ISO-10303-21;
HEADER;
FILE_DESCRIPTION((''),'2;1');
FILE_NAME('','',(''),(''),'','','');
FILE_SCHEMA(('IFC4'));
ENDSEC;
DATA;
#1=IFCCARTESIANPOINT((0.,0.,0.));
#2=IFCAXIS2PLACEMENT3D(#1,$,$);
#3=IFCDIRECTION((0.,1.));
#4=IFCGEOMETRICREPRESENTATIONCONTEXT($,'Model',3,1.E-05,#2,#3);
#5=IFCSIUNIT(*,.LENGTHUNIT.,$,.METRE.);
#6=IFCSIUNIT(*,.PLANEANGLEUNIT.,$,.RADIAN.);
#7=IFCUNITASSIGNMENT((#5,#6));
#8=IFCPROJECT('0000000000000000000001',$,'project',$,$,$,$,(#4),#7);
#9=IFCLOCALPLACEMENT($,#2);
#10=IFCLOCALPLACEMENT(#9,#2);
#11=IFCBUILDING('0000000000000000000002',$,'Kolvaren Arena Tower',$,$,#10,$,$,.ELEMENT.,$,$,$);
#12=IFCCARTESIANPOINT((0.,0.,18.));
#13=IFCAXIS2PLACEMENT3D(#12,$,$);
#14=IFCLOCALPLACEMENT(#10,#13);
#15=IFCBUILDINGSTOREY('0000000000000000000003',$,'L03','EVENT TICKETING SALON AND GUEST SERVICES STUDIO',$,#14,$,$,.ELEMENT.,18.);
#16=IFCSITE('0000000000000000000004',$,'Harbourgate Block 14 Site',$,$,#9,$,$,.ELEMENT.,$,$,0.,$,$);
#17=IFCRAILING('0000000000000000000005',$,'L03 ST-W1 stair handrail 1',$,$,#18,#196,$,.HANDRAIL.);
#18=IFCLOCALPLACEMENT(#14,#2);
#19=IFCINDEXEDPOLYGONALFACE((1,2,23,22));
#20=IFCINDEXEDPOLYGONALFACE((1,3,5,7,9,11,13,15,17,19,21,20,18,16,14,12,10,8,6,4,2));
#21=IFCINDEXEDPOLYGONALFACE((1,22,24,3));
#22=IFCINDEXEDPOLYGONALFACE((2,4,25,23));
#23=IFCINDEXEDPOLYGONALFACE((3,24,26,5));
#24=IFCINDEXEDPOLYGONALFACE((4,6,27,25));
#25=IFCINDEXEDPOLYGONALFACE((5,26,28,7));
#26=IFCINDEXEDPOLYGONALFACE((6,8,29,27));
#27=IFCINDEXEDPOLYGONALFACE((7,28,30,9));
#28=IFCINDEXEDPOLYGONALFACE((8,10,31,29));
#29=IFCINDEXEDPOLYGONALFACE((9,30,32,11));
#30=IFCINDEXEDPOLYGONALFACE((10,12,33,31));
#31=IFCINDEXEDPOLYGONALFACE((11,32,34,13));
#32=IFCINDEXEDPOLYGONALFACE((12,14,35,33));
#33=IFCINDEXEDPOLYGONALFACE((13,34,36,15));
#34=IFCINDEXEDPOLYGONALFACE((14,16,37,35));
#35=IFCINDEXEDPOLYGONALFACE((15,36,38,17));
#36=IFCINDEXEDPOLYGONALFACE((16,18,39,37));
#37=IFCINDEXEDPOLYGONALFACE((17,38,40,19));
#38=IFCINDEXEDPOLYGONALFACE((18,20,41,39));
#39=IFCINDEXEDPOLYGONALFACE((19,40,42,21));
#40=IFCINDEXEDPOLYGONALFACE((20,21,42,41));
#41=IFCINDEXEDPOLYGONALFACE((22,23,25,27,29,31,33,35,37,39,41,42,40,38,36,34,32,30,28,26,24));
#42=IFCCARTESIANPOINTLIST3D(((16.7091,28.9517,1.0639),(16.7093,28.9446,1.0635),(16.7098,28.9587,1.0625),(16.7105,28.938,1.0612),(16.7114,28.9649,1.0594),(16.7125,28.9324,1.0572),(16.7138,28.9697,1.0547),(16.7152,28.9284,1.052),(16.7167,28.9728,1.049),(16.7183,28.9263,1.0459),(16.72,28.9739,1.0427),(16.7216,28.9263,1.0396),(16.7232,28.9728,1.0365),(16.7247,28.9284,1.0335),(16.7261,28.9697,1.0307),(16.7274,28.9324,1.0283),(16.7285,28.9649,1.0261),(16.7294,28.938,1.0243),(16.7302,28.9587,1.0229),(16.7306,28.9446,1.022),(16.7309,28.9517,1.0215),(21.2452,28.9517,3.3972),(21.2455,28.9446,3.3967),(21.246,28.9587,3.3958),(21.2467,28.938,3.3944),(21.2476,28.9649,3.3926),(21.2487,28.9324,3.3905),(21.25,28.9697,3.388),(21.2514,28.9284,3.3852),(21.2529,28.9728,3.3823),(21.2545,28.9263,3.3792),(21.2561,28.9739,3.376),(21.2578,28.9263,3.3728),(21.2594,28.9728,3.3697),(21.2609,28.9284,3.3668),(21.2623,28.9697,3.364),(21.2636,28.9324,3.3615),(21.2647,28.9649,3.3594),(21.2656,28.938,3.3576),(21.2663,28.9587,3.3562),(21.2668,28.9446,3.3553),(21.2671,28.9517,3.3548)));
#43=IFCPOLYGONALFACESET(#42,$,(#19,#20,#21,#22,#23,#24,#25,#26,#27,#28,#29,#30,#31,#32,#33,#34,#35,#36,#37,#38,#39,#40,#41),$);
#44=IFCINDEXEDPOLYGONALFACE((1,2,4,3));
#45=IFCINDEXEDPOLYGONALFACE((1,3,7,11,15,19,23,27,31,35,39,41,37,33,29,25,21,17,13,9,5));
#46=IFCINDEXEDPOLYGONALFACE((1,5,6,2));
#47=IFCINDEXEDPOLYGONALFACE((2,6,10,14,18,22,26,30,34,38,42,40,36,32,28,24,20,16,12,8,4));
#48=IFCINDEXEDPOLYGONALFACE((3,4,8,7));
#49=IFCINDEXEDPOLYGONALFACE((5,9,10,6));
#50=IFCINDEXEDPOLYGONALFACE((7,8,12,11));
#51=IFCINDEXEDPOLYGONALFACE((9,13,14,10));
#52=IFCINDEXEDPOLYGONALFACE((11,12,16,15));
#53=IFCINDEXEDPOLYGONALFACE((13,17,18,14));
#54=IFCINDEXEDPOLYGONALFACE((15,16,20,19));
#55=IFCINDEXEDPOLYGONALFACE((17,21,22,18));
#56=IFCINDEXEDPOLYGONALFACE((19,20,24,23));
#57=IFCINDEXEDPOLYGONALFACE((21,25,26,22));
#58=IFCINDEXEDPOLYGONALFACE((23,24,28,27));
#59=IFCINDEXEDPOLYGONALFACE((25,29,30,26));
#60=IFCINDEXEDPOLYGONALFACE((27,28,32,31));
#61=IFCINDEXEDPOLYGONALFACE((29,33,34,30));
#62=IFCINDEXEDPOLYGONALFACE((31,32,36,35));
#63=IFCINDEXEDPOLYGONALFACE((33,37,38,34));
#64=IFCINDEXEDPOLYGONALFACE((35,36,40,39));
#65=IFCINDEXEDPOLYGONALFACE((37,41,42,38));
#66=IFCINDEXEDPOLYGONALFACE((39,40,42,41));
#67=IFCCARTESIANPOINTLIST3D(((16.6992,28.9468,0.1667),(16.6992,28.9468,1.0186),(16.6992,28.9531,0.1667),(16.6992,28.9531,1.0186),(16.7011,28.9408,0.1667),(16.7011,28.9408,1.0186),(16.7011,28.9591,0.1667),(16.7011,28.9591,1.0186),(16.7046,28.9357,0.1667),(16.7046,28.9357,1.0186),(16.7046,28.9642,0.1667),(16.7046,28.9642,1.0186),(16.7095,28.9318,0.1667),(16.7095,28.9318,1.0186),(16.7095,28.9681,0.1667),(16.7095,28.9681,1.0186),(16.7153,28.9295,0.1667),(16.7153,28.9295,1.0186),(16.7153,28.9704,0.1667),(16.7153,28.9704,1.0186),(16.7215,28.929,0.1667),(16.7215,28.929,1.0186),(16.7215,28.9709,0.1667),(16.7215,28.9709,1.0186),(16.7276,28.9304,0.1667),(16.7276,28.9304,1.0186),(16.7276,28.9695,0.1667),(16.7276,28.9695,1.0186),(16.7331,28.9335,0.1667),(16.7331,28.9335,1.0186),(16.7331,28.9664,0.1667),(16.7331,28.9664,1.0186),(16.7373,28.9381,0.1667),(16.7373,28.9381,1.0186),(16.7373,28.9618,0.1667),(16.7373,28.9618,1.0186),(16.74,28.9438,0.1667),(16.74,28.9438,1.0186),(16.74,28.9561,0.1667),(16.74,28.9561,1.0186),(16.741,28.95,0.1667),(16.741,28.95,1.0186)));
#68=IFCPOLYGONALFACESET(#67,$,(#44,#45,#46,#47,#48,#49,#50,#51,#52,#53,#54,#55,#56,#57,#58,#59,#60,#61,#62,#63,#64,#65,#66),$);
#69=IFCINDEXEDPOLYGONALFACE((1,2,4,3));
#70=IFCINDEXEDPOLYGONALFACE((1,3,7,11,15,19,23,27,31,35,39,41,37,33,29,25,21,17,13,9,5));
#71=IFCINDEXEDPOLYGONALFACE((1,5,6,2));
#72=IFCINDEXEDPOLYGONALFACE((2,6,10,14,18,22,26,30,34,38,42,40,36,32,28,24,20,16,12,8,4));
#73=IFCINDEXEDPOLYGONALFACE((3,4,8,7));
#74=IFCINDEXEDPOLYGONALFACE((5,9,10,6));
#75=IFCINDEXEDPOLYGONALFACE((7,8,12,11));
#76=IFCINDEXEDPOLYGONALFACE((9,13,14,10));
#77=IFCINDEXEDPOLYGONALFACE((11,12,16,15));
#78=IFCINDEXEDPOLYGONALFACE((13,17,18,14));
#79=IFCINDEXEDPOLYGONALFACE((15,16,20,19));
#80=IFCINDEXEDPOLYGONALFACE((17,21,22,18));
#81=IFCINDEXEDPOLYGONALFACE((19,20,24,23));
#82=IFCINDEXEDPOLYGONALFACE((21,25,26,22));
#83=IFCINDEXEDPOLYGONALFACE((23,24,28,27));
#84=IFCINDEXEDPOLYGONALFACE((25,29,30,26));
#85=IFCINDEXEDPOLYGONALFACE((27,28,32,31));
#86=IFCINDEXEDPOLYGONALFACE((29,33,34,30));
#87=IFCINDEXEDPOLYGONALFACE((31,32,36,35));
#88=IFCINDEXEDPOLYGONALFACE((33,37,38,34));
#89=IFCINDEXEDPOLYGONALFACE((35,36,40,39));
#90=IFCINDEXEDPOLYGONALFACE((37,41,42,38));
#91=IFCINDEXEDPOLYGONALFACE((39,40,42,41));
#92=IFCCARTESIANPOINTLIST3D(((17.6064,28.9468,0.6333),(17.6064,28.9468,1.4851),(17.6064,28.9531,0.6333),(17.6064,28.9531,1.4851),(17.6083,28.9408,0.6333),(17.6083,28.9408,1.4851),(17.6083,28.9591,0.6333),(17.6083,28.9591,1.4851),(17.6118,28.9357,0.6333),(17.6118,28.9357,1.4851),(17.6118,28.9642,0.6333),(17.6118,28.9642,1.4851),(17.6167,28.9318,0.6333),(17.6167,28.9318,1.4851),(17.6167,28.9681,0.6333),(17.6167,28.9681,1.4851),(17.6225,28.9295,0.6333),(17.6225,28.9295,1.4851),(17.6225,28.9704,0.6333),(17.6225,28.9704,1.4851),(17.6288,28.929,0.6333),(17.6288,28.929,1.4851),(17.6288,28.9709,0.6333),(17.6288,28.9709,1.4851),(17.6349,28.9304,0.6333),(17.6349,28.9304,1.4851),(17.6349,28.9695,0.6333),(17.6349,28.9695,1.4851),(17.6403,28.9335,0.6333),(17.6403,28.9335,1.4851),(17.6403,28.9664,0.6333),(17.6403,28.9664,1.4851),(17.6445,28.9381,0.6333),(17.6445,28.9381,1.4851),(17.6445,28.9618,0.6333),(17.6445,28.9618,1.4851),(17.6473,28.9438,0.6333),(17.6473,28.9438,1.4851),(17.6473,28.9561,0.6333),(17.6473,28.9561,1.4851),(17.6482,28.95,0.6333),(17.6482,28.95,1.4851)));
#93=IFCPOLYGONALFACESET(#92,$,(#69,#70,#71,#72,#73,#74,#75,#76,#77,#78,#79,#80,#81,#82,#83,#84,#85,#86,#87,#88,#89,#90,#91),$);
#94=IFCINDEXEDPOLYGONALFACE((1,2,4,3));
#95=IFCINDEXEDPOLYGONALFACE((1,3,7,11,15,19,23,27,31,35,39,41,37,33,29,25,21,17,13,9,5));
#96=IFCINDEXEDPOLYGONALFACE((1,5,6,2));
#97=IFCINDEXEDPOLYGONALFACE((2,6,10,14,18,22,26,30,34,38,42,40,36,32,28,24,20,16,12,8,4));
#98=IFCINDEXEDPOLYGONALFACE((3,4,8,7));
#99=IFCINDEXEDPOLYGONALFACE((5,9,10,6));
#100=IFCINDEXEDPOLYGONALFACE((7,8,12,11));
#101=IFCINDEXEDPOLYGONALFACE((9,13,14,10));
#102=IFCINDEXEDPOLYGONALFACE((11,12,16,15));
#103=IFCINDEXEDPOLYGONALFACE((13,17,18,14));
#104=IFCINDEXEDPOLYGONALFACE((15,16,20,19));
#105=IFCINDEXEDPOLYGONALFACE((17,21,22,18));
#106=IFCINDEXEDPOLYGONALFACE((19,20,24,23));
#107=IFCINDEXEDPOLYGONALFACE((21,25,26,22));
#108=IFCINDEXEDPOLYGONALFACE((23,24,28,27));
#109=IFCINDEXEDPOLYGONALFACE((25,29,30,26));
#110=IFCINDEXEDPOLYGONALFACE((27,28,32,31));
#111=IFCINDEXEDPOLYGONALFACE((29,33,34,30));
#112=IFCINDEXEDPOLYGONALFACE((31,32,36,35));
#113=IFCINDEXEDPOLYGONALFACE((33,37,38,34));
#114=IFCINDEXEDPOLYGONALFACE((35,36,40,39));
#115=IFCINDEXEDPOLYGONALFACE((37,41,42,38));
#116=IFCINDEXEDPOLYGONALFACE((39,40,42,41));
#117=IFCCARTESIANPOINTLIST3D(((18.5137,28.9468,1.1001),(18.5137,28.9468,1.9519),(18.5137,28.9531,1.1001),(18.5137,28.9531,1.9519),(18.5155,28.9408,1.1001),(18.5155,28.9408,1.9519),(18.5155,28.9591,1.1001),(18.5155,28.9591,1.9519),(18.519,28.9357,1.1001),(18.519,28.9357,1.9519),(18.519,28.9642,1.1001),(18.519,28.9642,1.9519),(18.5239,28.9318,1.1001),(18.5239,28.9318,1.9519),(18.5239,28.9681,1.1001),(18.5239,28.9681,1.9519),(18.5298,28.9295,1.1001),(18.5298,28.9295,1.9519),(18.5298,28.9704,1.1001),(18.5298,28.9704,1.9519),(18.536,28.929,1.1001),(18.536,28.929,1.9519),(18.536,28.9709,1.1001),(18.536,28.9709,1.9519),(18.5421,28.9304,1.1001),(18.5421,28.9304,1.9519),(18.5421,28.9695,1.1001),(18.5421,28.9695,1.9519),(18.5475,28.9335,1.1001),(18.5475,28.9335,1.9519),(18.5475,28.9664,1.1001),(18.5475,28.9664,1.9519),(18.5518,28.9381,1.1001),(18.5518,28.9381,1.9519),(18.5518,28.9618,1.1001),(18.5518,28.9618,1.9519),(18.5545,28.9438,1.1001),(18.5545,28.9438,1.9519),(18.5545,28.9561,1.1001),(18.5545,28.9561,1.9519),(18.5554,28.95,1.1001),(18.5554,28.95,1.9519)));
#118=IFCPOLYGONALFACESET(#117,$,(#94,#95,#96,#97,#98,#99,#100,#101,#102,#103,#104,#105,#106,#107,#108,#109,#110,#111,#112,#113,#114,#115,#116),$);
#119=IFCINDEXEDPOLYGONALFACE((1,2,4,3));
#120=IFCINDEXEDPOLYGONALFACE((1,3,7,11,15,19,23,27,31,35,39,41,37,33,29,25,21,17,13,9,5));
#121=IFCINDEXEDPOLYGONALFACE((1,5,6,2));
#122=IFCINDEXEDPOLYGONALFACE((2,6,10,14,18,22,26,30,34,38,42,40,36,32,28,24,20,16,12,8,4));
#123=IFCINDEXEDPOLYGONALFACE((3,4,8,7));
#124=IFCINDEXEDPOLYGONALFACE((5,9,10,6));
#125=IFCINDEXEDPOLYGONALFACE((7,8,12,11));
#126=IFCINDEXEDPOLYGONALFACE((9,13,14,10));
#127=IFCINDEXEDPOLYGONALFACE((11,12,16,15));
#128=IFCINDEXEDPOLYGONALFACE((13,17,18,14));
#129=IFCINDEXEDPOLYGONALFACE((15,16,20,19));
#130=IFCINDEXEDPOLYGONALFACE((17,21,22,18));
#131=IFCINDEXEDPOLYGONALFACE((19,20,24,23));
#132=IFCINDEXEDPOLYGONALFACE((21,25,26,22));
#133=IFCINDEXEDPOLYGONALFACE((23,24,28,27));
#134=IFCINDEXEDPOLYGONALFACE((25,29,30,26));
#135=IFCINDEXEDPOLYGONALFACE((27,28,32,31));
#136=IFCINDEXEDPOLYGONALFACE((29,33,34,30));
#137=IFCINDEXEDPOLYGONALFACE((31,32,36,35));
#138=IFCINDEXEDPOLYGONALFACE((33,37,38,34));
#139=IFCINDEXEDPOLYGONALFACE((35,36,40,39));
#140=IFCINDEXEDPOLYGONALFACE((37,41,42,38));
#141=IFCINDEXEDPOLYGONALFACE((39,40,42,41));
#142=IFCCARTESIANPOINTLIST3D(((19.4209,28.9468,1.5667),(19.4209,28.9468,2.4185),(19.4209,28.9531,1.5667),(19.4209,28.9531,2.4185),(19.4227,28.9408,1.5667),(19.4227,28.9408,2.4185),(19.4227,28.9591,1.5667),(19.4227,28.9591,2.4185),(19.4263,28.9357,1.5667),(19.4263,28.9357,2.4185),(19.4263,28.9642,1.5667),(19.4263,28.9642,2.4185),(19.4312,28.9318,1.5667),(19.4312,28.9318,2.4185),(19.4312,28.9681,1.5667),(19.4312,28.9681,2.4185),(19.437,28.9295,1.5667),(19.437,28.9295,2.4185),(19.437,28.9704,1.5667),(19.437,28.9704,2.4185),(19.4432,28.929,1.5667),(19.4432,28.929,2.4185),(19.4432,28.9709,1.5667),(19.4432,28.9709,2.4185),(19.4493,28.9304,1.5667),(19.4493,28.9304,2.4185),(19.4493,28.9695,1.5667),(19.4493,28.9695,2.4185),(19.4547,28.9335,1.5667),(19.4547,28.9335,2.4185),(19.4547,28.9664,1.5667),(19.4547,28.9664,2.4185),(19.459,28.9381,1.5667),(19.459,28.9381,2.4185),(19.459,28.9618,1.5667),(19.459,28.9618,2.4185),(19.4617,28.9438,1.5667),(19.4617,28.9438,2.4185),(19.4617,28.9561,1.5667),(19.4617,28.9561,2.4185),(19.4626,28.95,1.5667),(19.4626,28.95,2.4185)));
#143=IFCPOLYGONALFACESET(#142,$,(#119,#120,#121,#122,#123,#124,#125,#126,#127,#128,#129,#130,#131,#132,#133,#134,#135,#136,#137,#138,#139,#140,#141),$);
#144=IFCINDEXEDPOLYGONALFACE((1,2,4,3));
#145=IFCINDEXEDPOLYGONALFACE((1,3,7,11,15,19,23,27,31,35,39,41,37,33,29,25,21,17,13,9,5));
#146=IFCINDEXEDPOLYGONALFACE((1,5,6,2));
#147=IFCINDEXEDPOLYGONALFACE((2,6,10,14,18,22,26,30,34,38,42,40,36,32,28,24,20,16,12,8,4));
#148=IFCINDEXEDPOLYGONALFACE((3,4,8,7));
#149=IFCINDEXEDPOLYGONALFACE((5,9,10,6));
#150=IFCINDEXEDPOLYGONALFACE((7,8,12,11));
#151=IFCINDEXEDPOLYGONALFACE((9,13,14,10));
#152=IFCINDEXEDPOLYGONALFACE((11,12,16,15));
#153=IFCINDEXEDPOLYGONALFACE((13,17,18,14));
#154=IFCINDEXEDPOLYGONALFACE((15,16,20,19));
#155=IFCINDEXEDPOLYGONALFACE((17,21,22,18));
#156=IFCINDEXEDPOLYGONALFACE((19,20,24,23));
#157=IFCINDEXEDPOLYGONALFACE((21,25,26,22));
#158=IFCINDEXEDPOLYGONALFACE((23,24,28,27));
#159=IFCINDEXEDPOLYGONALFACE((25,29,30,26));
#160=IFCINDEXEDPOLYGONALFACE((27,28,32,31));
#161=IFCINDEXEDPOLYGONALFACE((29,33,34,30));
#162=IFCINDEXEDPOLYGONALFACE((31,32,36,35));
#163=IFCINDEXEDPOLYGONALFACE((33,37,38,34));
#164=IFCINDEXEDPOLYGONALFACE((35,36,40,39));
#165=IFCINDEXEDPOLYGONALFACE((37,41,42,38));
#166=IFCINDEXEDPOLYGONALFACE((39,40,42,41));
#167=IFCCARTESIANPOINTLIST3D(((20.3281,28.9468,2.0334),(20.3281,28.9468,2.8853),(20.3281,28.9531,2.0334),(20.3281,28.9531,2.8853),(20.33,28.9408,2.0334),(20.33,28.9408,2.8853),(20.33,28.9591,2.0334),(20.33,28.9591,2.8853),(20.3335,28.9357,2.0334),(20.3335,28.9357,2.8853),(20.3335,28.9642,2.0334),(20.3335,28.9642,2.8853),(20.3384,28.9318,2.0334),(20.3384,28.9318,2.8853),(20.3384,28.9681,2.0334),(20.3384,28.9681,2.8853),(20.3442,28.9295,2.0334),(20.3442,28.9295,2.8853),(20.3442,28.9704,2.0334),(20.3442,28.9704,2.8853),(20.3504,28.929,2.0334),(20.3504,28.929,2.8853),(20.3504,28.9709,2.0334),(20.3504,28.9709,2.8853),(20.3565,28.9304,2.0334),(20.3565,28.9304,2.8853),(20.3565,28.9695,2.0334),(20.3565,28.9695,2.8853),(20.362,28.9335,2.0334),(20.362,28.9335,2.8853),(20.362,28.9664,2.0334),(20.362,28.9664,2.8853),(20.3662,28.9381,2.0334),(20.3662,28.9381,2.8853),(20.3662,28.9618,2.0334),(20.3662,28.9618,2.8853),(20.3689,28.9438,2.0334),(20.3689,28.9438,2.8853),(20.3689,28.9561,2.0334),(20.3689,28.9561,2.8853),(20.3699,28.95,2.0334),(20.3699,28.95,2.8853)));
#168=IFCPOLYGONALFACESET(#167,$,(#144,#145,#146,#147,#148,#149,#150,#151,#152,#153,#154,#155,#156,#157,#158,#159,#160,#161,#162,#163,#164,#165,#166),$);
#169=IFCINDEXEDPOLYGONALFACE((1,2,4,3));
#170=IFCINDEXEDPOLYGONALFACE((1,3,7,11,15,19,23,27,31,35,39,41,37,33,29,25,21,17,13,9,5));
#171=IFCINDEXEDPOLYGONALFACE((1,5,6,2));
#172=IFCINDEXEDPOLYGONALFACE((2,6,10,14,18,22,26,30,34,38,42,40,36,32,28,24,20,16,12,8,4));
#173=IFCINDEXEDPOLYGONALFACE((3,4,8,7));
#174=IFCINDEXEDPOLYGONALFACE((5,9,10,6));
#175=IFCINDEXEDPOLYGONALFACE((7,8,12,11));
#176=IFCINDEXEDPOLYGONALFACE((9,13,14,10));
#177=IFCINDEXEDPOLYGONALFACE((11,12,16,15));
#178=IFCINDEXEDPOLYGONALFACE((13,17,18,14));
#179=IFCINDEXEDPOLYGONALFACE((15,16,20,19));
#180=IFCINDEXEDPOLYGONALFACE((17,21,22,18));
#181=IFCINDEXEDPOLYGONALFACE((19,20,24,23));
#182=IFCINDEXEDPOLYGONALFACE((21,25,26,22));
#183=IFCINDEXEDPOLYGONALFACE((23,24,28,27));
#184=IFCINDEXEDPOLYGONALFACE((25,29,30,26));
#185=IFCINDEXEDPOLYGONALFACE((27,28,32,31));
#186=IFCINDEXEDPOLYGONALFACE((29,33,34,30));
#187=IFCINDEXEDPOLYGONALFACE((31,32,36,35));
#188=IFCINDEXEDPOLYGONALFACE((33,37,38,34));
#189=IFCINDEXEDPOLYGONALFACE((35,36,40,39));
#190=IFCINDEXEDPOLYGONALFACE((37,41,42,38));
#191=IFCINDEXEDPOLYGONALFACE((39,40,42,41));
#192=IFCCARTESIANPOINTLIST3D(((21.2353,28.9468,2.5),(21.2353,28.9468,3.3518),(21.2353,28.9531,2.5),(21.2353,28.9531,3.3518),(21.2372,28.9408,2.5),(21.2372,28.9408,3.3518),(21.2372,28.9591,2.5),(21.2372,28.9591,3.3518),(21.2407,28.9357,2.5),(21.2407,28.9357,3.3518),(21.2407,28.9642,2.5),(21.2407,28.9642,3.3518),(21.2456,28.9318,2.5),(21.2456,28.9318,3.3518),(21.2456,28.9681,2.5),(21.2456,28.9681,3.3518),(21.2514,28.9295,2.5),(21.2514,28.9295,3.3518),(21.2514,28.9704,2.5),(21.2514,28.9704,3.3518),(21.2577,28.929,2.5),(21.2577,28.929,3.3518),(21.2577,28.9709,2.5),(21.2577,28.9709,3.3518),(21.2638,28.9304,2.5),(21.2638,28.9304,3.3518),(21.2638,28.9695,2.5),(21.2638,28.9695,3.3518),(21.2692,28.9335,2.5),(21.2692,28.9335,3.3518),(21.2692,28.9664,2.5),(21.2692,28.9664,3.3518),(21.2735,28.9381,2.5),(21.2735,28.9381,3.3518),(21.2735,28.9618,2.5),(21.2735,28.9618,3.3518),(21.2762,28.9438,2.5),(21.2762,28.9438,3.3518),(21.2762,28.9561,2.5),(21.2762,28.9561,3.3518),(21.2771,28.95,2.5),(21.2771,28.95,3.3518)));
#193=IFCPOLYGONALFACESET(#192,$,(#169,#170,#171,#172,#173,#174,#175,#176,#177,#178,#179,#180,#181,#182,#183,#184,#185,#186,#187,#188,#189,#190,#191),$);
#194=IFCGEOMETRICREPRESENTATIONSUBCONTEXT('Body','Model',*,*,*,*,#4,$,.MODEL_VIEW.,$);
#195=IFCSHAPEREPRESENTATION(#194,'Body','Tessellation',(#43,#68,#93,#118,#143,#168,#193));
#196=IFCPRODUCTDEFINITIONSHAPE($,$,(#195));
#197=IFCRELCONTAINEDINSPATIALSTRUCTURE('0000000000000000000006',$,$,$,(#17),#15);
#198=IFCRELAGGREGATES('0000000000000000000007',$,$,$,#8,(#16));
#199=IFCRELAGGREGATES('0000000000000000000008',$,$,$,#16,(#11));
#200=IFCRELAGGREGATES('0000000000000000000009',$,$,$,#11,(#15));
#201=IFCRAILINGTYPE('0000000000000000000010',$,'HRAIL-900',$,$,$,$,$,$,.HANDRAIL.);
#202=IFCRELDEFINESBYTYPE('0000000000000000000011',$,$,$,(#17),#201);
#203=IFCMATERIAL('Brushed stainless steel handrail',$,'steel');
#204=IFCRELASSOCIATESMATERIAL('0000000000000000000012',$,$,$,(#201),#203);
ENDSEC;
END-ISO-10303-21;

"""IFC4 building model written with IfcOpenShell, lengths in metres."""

from ifc_helpers import new_model, si_unit, direction, frame, origin, origin_2d, place, context, subcontext, project, spatial, circle, extrude, material, type_object, element, save


model = new_model("IFC4")

# Units and contexts
model_context = context("Model", 3, precision=1e-05, world=origin(), true_north=direction((0.0, 1.0)))
body_context = subcontext(model_context, "Body", "Model", "MODEL_VIEW")
ifc_project = project(units=[si_unit("LENGTHUNIT", "METRE"), si_unit("PLANEANGLEUNIT", "RADIAN")], contexts=[model_context])

# Site, building, storey
site_placement = place(None, origin())
site = spatial("IfcSite", under=ifc_project, at=site_placement, Name="Harbourgate Block 14 Site", CompositionType="ELEMENT", RefElevation=0.0)
building_placement = place(site_placement, origin())
building = spatial("IfcBuilding", under=site, at=building_placement, Name="Kolvaren Arena Tower", CompositionType="ELEMENT")
storey_placement = place(building_placement, frame((0.0, 0.0, 18.0)))
storey = spatial("IfcBuildingStorey", under=building, at=storey_placement, Name="L03", Description="EVENT TICKETING SALON AND GUEST SERVICES STUDIO", CompositionType="ELEMENT", Elevation=18.0)

# Railing
ifc_material_1 = material(Name="Brushed stainless steel handrail", Category="steel")
railing_type_1 = type_object("IfcRailingType", Name="HRAIL-900", PredefinedType="HANDRAIL", material=ifc_material_1)
railing_1_placement = place(storey_placement, frame((16.72, 28.95, 0.1667)))
element("IfcRailing", 1, at=railing_1_placement, inside=storey, type_object=railing_type_1, Name="L03 ST-W1 stair handrail 1", PredefinedType="HANDRAIL", context=body_context, shape_type="SweptSolid", body=[
    extrude(circle(Radius=0.0239, at=origin_2d()), frame((0.0, 0.0, 0.876), z_axis=(0.889257, 0.0, 0.457407), x_axis=(0.0, 1.0, 0.0)), (0.0, 0.0, 1.0), 5.1011),
    extrude(circle(Radius=0.021, at=origin_2d()), origin(), (0.0, 0.0, 1.0), 0.8518),
    extrude(circle(Radius=0.021, at=origin_2d()), frame((0.9072, 0.0, 0.4666)), (0.0, 0.0, 1.0), 0.8518),
    extrude(circle(Radius=0.021, at=origin_2d()), frame((1.8145, 0.0, 0.9333)), (0.0, 0.0, 1.0), 0.8518),
    extrude(circle(Radius=0.021, at=origin_2d()), frame((2.7217, 0.0, 1.3999)), (0.0, 0.0, 1.0), 0.8518),
    extrude(circle(Radius=0.021, at=origin_2d()), frame((3.6289, 0.0, 1.8667)), (0.0, 0.0, 1.0), 0.8518),
    extrude(circle(Radius=0.021, at=origin_2d()), frame((4.5361, 0.0, 2.3333)), (0.0, 0.0, 1.0), 0.8518),
])

save(model, "model.ifc")
